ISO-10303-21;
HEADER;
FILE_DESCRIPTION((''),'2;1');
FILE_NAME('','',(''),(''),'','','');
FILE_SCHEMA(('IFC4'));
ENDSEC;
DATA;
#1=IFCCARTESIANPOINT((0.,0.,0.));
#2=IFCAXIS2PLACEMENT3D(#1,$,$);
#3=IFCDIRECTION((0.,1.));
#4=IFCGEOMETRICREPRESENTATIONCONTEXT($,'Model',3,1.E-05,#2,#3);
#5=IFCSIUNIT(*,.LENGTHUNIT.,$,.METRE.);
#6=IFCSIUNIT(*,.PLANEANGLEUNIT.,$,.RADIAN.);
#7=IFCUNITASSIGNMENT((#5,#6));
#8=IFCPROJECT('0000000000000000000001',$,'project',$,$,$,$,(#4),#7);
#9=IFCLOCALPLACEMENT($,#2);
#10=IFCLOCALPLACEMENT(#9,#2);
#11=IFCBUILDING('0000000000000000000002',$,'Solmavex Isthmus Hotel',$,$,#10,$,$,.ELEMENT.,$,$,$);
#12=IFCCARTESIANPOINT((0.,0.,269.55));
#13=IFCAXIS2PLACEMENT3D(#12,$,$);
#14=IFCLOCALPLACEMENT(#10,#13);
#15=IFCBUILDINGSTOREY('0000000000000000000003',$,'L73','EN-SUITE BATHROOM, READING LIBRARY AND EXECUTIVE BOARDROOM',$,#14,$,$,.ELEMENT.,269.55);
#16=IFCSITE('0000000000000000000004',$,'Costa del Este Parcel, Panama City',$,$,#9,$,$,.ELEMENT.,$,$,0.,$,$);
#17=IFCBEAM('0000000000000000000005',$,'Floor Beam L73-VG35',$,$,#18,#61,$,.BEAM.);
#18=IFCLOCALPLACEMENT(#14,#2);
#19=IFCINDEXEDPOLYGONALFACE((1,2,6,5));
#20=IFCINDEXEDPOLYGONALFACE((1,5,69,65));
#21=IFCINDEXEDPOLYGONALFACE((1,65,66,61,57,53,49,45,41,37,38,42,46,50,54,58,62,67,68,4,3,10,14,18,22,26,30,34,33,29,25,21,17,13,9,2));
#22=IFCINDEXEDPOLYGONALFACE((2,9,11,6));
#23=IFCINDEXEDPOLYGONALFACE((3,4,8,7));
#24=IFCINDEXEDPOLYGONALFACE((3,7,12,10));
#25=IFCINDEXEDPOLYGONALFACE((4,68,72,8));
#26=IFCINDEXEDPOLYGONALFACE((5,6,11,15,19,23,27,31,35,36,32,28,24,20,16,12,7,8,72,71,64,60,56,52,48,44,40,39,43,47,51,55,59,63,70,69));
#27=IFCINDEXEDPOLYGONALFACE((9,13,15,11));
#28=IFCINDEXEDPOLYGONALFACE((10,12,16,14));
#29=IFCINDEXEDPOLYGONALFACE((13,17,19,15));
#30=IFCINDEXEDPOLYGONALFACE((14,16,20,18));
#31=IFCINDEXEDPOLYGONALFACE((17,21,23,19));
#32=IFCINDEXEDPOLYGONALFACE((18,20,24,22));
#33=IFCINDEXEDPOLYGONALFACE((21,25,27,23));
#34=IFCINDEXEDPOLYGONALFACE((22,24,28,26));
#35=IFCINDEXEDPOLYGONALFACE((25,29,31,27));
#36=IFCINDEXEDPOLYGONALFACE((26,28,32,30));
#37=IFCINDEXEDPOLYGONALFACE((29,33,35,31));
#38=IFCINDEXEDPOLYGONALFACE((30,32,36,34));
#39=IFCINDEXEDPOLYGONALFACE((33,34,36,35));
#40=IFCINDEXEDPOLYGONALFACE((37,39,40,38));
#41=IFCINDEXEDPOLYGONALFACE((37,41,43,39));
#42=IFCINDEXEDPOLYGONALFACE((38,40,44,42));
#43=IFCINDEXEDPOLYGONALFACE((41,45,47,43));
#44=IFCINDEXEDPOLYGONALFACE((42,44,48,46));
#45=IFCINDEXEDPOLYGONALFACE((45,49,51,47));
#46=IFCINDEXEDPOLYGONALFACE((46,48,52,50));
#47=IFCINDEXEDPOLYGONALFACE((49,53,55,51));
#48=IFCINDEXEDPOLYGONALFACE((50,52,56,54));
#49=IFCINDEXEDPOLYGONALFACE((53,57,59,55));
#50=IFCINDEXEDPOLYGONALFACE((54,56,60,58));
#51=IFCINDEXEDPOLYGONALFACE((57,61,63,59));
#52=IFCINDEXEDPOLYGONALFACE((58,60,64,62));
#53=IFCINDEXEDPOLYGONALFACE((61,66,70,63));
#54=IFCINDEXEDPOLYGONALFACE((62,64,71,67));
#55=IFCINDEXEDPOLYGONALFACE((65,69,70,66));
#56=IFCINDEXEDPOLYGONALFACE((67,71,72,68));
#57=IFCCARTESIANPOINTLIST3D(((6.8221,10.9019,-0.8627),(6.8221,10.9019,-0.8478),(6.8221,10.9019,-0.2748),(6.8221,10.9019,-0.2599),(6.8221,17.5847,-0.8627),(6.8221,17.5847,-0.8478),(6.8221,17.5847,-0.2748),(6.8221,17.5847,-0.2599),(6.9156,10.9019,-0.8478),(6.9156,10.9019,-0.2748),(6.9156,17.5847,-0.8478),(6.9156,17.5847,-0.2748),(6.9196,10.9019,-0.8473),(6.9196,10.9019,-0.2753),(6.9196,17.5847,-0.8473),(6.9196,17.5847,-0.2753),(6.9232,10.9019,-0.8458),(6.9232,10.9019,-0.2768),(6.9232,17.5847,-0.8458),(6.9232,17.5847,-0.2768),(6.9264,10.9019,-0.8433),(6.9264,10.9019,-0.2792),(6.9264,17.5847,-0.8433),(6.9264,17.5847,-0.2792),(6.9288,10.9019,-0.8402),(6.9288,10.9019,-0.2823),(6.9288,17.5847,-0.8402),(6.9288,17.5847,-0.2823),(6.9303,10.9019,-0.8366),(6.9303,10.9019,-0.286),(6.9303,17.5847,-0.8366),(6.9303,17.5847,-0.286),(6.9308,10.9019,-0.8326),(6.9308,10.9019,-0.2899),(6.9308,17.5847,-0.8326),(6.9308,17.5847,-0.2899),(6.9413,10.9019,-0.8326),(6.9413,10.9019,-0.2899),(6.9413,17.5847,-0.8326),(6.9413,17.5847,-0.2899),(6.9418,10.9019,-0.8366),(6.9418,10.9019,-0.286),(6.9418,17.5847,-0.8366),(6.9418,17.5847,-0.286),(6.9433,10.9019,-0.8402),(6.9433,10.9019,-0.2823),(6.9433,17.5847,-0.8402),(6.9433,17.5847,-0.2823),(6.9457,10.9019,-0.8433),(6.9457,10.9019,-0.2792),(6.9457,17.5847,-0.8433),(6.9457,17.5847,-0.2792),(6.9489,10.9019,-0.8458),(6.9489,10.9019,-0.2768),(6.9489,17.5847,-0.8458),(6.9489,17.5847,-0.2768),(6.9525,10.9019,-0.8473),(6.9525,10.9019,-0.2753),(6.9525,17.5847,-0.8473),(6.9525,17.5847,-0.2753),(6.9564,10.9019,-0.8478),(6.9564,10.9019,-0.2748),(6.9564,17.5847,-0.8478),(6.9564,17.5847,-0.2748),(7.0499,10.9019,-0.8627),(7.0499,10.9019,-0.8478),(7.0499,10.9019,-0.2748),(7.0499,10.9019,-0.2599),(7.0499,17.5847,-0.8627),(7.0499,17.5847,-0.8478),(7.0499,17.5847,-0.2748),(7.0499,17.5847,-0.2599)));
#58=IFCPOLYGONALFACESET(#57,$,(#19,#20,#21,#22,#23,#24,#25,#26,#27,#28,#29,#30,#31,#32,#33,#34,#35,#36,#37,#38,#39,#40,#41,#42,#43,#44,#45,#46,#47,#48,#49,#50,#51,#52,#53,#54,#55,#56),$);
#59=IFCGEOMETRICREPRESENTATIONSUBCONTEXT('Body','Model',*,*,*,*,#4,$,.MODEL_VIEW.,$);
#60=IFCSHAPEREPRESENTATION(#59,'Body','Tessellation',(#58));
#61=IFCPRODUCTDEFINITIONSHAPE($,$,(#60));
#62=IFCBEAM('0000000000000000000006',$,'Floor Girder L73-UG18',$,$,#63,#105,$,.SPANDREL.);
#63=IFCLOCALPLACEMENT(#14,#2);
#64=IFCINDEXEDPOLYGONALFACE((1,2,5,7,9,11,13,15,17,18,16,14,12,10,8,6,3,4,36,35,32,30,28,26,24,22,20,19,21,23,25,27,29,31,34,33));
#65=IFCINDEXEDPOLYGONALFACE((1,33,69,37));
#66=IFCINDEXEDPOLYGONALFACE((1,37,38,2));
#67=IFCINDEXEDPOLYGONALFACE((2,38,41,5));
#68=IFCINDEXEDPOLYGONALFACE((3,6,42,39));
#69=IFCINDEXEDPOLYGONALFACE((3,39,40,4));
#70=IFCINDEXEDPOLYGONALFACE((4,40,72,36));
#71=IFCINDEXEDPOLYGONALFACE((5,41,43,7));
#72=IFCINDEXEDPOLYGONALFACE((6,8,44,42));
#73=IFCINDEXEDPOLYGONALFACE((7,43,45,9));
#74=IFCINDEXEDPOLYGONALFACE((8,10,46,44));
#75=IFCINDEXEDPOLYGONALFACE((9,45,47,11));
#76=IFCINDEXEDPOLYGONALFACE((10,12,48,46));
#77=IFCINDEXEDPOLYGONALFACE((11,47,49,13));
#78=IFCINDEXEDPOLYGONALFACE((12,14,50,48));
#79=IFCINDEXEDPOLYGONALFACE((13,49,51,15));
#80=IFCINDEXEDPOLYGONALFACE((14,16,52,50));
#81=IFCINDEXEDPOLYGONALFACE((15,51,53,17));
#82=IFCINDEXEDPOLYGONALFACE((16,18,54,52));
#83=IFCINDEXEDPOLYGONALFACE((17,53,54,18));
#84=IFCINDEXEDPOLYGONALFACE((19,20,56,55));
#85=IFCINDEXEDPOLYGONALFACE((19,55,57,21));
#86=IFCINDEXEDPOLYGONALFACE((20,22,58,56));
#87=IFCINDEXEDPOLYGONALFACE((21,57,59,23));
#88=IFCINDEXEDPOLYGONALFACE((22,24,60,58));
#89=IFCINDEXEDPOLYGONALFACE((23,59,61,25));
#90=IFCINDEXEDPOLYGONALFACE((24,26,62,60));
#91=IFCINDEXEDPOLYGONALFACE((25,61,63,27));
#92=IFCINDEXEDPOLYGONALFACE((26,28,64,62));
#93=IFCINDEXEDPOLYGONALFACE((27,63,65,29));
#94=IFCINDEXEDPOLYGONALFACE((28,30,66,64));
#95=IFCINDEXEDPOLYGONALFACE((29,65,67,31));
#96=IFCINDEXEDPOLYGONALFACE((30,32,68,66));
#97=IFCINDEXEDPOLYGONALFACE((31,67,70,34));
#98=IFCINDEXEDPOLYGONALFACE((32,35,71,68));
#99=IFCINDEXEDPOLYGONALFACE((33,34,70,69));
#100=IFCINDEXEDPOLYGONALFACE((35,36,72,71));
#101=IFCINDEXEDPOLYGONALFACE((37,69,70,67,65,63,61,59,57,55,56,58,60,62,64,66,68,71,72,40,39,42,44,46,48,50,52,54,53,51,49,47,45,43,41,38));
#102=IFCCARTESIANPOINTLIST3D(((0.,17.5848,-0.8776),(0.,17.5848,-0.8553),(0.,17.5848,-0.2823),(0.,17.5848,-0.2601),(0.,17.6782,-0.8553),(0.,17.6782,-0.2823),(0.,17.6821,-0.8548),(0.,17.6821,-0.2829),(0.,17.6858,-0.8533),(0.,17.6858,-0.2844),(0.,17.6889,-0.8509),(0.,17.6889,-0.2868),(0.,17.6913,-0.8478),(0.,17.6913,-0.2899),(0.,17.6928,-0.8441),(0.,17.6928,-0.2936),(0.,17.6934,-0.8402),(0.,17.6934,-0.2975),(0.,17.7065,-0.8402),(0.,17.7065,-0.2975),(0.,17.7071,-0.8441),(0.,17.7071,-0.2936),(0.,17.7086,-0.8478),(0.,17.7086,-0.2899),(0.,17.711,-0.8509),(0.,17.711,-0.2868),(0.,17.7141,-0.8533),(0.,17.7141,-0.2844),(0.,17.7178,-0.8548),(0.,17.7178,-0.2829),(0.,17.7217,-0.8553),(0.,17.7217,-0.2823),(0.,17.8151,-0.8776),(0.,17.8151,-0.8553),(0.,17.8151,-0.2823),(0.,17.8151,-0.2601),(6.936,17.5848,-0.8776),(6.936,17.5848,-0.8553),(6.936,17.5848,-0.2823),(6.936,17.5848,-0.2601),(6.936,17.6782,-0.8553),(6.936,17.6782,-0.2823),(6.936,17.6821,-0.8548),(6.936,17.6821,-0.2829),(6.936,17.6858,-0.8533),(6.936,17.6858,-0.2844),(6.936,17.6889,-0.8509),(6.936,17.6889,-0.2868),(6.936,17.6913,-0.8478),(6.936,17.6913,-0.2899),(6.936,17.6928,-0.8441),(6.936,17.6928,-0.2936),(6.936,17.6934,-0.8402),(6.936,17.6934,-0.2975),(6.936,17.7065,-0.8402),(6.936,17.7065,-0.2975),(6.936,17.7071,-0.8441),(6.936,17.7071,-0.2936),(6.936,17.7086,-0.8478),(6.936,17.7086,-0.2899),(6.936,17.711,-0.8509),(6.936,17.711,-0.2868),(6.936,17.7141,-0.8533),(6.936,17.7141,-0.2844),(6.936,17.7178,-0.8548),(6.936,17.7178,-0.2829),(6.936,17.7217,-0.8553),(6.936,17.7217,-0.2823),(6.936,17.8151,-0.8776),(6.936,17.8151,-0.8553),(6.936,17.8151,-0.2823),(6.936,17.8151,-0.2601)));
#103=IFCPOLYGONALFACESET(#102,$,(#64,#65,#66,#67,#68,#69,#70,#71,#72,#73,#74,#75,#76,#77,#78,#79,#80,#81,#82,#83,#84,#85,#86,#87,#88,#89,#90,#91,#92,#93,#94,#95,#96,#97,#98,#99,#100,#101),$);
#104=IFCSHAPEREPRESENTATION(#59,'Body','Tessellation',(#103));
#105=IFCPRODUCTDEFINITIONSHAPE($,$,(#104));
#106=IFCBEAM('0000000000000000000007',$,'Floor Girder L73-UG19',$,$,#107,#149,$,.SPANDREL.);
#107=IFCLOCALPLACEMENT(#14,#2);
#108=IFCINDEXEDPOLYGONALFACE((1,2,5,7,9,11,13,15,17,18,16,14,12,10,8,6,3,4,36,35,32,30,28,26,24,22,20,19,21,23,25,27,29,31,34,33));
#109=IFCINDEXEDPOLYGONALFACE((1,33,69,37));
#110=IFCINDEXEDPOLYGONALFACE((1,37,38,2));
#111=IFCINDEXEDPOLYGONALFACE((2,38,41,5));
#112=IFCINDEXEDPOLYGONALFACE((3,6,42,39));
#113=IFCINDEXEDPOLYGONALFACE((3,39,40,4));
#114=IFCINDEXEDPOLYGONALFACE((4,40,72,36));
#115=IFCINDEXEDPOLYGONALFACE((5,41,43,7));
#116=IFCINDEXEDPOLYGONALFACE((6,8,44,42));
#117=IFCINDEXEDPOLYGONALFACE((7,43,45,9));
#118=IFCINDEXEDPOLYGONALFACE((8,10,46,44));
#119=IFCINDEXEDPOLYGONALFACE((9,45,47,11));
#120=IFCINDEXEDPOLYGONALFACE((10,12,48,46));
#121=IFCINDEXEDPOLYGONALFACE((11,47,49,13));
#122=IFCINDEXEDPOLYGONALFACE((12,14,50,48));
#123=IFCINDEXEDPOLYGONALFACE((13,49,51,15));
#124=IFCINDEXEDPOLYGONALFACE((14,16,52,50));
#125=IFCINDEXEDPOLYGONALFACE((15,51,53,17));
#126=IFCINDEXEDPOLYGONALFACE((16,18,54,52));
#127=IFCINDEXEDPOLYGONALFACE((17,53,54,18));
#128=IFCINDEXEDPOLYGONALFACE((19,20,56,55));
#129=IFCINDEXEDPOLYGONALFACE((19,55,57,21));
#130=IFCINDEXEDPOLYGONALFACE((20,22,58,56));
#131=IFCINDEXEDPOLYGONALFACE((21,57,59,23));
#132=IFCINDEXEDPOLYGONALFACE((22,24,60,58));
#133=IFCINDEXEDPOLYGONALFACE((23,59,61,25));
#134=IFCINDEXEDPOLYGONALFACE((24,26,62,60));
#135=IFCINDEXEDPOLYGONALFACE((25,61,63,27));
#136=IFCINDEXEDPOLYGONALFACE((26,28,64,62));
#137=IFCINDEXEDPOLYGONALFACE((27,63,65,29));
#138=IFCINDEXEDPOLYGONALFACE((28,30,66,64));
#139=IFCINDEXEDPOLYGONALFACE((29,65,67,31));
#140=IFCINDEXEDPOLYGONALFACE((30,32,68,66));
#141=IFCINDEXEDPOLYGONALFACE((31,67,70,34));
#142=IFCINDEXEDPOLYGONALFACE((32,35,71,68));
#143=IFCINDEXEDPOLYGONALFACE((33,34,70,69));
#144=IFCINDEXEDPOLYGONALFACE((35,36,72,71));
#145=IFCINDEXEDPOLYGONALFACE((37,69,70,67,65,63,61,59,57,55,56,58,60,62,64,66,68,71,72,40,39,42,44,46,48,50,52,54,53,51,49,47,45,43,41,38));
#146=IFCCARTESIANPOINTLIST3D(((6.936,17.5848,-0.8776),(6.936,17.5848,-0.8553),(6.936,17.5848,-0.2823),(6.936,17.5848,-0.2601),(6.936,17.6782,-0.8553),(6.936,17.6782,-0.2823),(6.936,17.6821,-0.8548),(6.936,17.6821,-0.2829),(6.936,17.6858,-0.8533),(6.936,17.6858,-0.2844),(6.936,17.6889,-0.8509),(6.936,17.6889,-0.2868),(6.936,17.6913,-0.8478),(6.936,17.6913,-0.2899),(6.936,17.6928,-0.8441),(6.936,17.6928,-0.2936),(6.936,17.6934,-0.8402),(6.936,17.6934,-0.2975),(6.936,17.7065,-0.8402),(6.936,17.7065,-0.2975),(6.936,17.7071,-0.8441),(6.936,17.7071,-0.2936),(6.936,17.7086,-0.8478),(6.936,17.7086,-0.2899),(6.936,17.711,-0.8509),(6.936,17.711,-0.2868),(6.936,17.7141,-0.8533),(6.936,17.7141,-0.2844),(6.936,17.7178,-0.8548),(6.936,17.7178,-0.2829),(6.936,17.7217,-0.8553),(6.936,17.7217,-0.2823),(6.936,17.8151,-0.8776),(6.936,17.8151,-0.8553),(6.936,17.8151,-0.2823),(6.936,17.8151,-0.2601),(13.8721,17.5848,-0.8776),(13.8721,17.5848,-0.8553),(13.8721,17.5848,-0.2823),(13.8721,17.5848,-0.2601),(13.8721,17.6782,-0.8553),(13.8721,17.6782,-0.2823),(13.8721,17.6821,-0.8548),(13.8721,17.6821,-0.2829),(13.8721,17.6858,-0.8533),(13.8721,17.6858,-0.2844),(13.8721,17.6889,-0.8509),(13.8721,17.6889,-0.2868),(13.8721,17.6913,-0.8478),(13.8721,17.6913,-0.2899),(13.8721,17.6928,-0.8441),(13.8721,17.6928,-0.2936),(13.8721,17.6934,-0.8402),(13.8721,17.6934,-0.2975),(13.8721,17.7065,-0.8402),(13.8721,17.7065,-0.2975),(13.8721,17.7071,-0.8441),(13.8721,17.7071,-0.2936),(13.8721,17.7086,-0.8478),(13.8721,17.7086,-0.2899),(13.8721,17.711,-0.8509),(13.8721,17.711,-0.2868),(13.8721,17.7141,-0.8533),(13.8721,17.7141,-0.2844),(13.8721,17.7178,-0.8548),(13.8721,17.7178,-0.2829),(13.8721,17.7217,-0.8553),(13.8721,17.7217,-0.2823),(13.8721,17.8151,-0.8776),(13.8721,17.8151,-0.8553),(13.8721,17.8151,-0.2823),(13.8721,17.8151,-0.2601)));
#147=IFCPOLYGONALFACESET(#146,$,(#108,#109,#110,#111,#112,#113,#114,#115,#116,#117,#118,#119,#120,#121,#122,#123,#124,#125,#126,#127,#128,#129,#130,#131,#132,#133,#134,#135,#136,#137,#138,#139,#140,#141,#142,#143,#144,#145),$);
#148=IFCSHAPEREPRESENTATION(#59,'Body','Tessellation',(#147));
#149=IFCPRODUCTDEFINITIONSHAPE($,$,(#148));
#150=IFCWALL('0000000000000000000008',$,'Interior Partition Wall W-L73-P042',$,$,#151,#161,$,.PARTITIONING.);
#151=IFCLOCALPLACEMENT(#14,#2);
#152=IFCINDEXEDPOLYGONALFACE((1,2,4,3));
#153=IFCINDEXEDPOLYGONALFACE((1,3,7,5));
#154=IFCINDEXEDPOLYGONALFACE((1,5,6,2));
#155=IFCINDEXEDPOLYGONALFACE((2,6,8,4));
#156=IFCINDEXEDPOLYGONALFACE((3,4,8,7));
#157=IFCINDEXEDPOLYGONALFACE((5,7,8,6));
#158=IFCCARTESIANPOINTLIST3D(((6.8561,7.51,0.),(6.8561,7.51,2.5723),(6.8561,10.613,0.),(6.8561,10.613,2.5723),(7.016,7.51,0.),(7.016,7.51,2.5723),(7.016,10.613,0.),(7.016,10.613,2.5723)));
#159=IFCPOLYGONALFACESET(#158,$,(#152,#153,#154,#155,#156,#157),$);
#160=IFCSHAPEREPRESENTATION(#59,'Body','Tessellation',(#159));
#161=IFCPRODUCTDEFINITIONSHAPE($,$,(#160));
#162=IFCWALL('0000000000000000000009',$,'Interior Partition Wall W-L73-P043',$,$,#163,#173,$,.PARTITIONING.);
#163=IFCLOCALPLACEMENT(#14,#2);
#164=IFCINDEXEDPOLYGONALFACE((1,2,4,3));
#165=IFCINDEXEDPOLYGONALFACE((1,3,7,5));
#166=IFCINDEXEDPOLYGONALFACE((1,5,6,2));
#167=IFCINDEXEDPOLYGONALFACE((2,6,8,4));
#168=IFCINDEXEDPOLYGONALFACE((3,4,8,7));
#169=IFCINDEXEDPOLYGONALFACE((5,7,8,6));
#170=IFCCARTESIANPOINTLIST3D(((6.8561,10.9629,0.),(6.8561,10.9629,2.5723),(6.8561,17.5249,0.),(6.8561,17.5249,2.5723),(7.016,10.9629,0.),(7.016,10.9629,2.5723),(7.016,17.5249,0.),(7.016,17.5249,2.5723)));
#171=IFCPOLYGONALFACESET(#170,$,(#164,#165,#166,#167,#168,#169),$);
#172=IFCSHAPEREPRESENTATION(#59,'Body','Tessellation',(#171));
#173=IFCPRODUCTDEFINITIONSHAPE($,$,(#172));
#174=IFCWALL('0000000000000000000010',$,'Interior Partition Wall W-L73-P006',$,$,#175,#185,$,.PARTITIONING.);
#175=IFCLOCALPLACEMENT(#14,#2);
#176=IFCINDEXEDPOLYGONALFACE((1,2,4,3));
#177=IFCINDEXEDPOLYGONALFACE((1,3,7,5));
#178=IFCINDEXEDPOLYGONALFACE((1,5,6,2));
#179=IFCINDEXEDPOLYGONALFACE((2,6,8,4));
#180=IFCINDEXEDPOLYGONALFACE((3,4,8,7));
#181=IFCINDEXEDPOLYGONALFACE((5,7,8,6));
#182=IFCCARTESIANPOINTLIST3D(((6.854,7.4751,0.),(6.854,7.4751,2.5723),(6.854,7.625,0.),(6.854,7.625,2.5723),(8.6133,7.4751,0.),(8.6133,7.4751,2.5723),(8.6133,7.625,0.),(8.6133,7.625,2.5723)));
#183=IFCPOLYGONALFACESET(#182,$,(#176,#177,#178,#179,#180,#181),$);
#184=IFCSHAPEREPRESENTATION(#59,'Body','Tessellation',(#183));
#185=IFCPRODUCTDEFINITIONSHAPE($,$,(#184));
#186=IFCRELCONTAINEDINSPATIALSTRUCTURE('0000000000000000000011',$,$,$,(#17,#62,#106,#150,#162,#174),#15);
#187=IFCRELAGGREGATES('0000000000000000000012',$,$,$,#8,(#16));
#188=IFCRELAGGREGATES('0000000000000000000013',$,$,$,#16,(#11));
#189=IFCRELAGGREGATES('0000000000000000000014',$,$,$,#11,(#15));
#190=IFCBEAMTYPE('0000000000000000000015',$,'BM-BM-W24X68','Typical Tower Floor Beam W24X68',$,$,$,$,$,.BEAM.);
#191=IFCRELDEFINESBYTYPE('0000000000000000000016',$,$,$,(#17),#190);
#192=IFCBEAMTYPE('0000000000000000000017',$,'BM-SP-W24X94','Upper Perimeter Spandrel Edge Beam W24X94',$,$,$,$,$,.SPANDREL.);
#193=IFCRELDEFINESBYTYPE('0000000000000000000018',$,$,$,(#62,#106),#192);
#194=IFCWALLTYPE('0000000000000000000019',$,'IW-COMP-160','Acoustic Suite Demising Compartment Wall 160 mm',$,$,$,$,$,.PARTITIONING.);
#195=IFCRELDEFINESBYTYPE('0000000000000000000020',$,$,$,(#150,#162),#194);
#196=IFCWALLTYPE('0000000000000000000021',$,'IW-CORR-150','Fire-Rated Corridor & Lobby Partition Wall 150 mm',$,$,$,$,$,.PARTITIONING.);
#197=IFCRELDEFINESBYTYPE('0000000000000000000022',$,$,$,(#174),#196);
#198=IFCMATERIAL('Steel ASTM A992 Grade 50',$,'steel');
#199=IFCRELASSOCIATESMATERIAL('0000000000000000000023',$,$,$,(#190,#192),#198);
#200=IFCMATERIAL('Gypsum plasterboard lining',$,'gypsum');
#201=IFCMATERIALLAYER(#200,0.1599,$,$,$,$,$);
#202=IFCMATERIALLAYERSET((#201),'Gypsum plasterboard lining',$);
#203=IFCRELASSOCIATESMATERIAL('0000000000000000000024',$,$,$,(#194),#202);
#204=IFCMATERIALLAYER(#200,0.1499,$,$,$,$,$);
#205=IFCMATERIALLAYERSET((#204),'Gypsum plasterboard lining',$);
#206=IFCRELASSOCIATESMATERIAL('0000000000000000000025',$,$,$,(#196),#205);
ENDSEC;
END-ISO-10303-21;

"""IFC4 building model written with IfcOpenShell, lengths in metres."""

from ifc_helpers import new_model, si_unit, direction, frame, frame_2d, origin, origin_2d, place, context, subcontext, project, spatial, rectangle, i_section, extrude, material, layer, layer_set, material_profile, profile_set, type_object, element, save


model = new_model("IFC4")

# Units and contexts
model_context = context("Model", 3, precision=1e-05, world=origin(), true_north=direction((0.0, 1.0)))
body_context = subcontext(model_context, "Body", "Model", "MODEL_VIEW")
ifc_project = project(units=[si_unit("LENGTHUNIT", "METRE"), si_unit("PLANEANGLEUNIT", "RADIAN")], contexts=[model_context])

# Site, building, storey
site_placement = place(None, origin())
site = spatial("IfcSite", under=ifc_project, at=site_placement, Name="Costa del Este Parcel, Panama City", CompositionType="ELEMENT", RefElevation=0.0)
building_placement = place(site_placement, origin())
building = spatial("IfcBuilding", under=site, at=building_placement, Name="Solmavex Isthmus Hotel", CompositionType="ELEMENT")
storey_placement = place(building_placement, frame((0.0, 0.0, 269.55)))
storey = spatial("IfcBuildingStorey", under=building, at=storey_placement, Name="L73", Description="EN-SUITE BATHROOM, READING LIBRARY AND EXECUTIVE BOARDROOM", CompositionType="ELEMENT", Elevation=269.55)

# Beams
ifc_material_1 = material(Name="Steel ASTM A992 Grade 50", Category="steel")
ifc_material_profile_1 = material_profile(ifc_material_1, i_section(OverallWidth=0.2278, OverallDepth=0.6028, WebThickness=0.0105, FlangeThickness=0.0149, FilletRadius=0.0151, at=origin_2d()), Name="W24X68")
ifc_profile_set_1 = profile_set([ifc_material_profile_1], Name="Steel ASTM A992 Grade 50")
beam_type_1 = type_object("IfcBeamType", Name="BM-BM-W24X68", Description="Typical Tower Floor Beam W24X68", PredefinedType="BEAM", material=ifc_profile_set_1)
for number, where, z_axis, x_axis, name in (
    (1, (6.936, 10.9019, -0.5613), (0.0, 1.0, 0.0), (-1.0, 0.0, 0.0), "Floor Beam L73-VG35"),
):
    element("IfcBeam", number, at=place(storey_placement, frame(where, z_axis=z_axis, x_axis=x_axis)), inside=storey, type_object=beam_type_1, Name=name, PredefinedType="BEAM", context=body_context, shape_type="SweptSolid", body=[
        extrude(i_section(OverallWidth=0.2278, OverallDepth=0.6028, WebThickness=0.0105, FlangeThickness=0.0149, FilletRadius=0.0151, at=origin_2d()), origin(), (0.0, 0.0, 1.0), 6.6829),
    ])
ifc_material_profile_2 = material_profile(ifc_material_1, i_section(OverallWidth=0.2302, OverallDepth=0.6174, WebThickness=0.0132, FlangeThickness=0.0222, FilletRadius=0.0151, at=origin_2d()), Name="W24X94")
ifc_profile_set_2 = profile_set([ifc_material_profile_2], Name="Steel ASTM A992 Grade 50")
beam_type_2 = type_object("IfcBeamType", Name="BM-SP-W24X94", Description="Upper Perimeter Spandrel Edge Beam W24X94", PredefinedType="SPANDREL", material=ifc_profile_set_2)
for number, where, z_axis, x_axis, name in (
    (2, (0.0, 17.7, -0.5688), (1.0, 0.0, 0.0), (0.0, 1.0, 0.0), "Floor Girder L73-UG18"),
    (3, (6.936, 17.7, -0.5688), (1.0, 0.0, 0.0), (0.0, 1.0, 0.0), "Floor Girder L73-UG19"),
):
    element("IfcBeam", number, at=place(storey_placement, frame(where, z_axis=z_axis, x_axis=x_axis)), inside=storey, type_object=beam_type_2, Name=name, PredefinedType="SPANDREL", context=body_context, shape_type="SweptSolid", body=[
        extrude(i_section(OverallWidth=0.2302, OverallDepth=0.6174, WebThickness=0.0132, FlangeThickness=0.0222, FilletRadius=0.0151, at=origin_2d()), origin(), (0.0, 0.0, 1.0), 6.936),
    ])

# Walls
ifc_material_2 = material(Name="Gypsum plasterboard lining", Category="gypsum")
ifc_layer_1 = layer(ifc_material_2, 0.1599)
ifc_layer_set_1 = layer_set([ifc_layer_1], Name="Gypsum plasterboard lining")
wall_type_1 = type_object("IfcWallType", Name="IW-COMP-160", Description="Acoustic Suite Demising Compartment Wall 160 mm", PredefinedType="PARTITIONING", material=ifc_layer_set_1)
wall_1_placement = place(storey_placement, frame((6.936, 10.613, 0.0), z_axis=(0.0, 0.0, 1.0), x_axis=(0.0, -1.0, 0.0)))
element("IfcWall", 4, at=wall_1_placement, inside=storey, type_object=wall_type_1, Name="Interior Partition Wall W-L73-P042", PredefinedType="PARTITIONING", context=body_context, shape_type="SweptSolid", body=[
    extrude(rectangle(XDim=3.103, YDim=0.1599, at=frame_2d((1.5515, 0.0))), origin(), (0.0, 0.0, 1.0), 2.5723),
])
wall_2_placement = place(storey_placement, frame((6.936, 17.5249, 0.0), z_axis=(0.0, 0.0, 1.0), x_axis=(0.0, -1.0, 0.0)))
element("IfcWall", 5, at=wall_2_placement, inside=storey, type_object=wall_type_1, Name="Interior Partition Wall W-L73-P043", PredefinedType="PARTITIONING", context=body_context, shape_type="SweptSolid", body=[
    extrude(rectangle(XDim=6.562, YDim=0.1599, at=frame_2d((3.281, 0.0))), origin(), (0.0, 0.0, 1.0), 2.5723),
])

# Shared definitions
ifc_layer_2 = layer(ifc_material_2, 0.1499)
ifc_layer_set_2 = layer_set([ifc_layer_2], Name="Gypsum plasterboard lining")
wall_type_2 = type_object("IfcWallType", Name="IW-CORR-150", Description="Fire-Rated Corridor & Lobby Partition Wall 150 mm", PredefinedType="PARTITIONING", material=ifc_layer_set_2)

# Wall
wall_3_placement = place(storey_placement, frame((6.854, 7.55, 0.0), z_axis=(0.0, 0.0, 1.0), x_axis=(1.0, 0.0, 0.0)))
element("IfcWall", 6, at=wall_3_placement, inside=storey, type_object=wall_type_2, Name="Interior Partition Wall W-L73-P006", PredefinedType="PARTITIONING", context=body_context, shape_type="SweptSolid", body=[
    extrude(rectangle(XDim=1.7593, YDim=0.1499, at=frame_2d((0.8796, 0.0))), origin(), (0.0, 0.0, 1.0), 2.5723),
])

save(model, "model.ifc")
